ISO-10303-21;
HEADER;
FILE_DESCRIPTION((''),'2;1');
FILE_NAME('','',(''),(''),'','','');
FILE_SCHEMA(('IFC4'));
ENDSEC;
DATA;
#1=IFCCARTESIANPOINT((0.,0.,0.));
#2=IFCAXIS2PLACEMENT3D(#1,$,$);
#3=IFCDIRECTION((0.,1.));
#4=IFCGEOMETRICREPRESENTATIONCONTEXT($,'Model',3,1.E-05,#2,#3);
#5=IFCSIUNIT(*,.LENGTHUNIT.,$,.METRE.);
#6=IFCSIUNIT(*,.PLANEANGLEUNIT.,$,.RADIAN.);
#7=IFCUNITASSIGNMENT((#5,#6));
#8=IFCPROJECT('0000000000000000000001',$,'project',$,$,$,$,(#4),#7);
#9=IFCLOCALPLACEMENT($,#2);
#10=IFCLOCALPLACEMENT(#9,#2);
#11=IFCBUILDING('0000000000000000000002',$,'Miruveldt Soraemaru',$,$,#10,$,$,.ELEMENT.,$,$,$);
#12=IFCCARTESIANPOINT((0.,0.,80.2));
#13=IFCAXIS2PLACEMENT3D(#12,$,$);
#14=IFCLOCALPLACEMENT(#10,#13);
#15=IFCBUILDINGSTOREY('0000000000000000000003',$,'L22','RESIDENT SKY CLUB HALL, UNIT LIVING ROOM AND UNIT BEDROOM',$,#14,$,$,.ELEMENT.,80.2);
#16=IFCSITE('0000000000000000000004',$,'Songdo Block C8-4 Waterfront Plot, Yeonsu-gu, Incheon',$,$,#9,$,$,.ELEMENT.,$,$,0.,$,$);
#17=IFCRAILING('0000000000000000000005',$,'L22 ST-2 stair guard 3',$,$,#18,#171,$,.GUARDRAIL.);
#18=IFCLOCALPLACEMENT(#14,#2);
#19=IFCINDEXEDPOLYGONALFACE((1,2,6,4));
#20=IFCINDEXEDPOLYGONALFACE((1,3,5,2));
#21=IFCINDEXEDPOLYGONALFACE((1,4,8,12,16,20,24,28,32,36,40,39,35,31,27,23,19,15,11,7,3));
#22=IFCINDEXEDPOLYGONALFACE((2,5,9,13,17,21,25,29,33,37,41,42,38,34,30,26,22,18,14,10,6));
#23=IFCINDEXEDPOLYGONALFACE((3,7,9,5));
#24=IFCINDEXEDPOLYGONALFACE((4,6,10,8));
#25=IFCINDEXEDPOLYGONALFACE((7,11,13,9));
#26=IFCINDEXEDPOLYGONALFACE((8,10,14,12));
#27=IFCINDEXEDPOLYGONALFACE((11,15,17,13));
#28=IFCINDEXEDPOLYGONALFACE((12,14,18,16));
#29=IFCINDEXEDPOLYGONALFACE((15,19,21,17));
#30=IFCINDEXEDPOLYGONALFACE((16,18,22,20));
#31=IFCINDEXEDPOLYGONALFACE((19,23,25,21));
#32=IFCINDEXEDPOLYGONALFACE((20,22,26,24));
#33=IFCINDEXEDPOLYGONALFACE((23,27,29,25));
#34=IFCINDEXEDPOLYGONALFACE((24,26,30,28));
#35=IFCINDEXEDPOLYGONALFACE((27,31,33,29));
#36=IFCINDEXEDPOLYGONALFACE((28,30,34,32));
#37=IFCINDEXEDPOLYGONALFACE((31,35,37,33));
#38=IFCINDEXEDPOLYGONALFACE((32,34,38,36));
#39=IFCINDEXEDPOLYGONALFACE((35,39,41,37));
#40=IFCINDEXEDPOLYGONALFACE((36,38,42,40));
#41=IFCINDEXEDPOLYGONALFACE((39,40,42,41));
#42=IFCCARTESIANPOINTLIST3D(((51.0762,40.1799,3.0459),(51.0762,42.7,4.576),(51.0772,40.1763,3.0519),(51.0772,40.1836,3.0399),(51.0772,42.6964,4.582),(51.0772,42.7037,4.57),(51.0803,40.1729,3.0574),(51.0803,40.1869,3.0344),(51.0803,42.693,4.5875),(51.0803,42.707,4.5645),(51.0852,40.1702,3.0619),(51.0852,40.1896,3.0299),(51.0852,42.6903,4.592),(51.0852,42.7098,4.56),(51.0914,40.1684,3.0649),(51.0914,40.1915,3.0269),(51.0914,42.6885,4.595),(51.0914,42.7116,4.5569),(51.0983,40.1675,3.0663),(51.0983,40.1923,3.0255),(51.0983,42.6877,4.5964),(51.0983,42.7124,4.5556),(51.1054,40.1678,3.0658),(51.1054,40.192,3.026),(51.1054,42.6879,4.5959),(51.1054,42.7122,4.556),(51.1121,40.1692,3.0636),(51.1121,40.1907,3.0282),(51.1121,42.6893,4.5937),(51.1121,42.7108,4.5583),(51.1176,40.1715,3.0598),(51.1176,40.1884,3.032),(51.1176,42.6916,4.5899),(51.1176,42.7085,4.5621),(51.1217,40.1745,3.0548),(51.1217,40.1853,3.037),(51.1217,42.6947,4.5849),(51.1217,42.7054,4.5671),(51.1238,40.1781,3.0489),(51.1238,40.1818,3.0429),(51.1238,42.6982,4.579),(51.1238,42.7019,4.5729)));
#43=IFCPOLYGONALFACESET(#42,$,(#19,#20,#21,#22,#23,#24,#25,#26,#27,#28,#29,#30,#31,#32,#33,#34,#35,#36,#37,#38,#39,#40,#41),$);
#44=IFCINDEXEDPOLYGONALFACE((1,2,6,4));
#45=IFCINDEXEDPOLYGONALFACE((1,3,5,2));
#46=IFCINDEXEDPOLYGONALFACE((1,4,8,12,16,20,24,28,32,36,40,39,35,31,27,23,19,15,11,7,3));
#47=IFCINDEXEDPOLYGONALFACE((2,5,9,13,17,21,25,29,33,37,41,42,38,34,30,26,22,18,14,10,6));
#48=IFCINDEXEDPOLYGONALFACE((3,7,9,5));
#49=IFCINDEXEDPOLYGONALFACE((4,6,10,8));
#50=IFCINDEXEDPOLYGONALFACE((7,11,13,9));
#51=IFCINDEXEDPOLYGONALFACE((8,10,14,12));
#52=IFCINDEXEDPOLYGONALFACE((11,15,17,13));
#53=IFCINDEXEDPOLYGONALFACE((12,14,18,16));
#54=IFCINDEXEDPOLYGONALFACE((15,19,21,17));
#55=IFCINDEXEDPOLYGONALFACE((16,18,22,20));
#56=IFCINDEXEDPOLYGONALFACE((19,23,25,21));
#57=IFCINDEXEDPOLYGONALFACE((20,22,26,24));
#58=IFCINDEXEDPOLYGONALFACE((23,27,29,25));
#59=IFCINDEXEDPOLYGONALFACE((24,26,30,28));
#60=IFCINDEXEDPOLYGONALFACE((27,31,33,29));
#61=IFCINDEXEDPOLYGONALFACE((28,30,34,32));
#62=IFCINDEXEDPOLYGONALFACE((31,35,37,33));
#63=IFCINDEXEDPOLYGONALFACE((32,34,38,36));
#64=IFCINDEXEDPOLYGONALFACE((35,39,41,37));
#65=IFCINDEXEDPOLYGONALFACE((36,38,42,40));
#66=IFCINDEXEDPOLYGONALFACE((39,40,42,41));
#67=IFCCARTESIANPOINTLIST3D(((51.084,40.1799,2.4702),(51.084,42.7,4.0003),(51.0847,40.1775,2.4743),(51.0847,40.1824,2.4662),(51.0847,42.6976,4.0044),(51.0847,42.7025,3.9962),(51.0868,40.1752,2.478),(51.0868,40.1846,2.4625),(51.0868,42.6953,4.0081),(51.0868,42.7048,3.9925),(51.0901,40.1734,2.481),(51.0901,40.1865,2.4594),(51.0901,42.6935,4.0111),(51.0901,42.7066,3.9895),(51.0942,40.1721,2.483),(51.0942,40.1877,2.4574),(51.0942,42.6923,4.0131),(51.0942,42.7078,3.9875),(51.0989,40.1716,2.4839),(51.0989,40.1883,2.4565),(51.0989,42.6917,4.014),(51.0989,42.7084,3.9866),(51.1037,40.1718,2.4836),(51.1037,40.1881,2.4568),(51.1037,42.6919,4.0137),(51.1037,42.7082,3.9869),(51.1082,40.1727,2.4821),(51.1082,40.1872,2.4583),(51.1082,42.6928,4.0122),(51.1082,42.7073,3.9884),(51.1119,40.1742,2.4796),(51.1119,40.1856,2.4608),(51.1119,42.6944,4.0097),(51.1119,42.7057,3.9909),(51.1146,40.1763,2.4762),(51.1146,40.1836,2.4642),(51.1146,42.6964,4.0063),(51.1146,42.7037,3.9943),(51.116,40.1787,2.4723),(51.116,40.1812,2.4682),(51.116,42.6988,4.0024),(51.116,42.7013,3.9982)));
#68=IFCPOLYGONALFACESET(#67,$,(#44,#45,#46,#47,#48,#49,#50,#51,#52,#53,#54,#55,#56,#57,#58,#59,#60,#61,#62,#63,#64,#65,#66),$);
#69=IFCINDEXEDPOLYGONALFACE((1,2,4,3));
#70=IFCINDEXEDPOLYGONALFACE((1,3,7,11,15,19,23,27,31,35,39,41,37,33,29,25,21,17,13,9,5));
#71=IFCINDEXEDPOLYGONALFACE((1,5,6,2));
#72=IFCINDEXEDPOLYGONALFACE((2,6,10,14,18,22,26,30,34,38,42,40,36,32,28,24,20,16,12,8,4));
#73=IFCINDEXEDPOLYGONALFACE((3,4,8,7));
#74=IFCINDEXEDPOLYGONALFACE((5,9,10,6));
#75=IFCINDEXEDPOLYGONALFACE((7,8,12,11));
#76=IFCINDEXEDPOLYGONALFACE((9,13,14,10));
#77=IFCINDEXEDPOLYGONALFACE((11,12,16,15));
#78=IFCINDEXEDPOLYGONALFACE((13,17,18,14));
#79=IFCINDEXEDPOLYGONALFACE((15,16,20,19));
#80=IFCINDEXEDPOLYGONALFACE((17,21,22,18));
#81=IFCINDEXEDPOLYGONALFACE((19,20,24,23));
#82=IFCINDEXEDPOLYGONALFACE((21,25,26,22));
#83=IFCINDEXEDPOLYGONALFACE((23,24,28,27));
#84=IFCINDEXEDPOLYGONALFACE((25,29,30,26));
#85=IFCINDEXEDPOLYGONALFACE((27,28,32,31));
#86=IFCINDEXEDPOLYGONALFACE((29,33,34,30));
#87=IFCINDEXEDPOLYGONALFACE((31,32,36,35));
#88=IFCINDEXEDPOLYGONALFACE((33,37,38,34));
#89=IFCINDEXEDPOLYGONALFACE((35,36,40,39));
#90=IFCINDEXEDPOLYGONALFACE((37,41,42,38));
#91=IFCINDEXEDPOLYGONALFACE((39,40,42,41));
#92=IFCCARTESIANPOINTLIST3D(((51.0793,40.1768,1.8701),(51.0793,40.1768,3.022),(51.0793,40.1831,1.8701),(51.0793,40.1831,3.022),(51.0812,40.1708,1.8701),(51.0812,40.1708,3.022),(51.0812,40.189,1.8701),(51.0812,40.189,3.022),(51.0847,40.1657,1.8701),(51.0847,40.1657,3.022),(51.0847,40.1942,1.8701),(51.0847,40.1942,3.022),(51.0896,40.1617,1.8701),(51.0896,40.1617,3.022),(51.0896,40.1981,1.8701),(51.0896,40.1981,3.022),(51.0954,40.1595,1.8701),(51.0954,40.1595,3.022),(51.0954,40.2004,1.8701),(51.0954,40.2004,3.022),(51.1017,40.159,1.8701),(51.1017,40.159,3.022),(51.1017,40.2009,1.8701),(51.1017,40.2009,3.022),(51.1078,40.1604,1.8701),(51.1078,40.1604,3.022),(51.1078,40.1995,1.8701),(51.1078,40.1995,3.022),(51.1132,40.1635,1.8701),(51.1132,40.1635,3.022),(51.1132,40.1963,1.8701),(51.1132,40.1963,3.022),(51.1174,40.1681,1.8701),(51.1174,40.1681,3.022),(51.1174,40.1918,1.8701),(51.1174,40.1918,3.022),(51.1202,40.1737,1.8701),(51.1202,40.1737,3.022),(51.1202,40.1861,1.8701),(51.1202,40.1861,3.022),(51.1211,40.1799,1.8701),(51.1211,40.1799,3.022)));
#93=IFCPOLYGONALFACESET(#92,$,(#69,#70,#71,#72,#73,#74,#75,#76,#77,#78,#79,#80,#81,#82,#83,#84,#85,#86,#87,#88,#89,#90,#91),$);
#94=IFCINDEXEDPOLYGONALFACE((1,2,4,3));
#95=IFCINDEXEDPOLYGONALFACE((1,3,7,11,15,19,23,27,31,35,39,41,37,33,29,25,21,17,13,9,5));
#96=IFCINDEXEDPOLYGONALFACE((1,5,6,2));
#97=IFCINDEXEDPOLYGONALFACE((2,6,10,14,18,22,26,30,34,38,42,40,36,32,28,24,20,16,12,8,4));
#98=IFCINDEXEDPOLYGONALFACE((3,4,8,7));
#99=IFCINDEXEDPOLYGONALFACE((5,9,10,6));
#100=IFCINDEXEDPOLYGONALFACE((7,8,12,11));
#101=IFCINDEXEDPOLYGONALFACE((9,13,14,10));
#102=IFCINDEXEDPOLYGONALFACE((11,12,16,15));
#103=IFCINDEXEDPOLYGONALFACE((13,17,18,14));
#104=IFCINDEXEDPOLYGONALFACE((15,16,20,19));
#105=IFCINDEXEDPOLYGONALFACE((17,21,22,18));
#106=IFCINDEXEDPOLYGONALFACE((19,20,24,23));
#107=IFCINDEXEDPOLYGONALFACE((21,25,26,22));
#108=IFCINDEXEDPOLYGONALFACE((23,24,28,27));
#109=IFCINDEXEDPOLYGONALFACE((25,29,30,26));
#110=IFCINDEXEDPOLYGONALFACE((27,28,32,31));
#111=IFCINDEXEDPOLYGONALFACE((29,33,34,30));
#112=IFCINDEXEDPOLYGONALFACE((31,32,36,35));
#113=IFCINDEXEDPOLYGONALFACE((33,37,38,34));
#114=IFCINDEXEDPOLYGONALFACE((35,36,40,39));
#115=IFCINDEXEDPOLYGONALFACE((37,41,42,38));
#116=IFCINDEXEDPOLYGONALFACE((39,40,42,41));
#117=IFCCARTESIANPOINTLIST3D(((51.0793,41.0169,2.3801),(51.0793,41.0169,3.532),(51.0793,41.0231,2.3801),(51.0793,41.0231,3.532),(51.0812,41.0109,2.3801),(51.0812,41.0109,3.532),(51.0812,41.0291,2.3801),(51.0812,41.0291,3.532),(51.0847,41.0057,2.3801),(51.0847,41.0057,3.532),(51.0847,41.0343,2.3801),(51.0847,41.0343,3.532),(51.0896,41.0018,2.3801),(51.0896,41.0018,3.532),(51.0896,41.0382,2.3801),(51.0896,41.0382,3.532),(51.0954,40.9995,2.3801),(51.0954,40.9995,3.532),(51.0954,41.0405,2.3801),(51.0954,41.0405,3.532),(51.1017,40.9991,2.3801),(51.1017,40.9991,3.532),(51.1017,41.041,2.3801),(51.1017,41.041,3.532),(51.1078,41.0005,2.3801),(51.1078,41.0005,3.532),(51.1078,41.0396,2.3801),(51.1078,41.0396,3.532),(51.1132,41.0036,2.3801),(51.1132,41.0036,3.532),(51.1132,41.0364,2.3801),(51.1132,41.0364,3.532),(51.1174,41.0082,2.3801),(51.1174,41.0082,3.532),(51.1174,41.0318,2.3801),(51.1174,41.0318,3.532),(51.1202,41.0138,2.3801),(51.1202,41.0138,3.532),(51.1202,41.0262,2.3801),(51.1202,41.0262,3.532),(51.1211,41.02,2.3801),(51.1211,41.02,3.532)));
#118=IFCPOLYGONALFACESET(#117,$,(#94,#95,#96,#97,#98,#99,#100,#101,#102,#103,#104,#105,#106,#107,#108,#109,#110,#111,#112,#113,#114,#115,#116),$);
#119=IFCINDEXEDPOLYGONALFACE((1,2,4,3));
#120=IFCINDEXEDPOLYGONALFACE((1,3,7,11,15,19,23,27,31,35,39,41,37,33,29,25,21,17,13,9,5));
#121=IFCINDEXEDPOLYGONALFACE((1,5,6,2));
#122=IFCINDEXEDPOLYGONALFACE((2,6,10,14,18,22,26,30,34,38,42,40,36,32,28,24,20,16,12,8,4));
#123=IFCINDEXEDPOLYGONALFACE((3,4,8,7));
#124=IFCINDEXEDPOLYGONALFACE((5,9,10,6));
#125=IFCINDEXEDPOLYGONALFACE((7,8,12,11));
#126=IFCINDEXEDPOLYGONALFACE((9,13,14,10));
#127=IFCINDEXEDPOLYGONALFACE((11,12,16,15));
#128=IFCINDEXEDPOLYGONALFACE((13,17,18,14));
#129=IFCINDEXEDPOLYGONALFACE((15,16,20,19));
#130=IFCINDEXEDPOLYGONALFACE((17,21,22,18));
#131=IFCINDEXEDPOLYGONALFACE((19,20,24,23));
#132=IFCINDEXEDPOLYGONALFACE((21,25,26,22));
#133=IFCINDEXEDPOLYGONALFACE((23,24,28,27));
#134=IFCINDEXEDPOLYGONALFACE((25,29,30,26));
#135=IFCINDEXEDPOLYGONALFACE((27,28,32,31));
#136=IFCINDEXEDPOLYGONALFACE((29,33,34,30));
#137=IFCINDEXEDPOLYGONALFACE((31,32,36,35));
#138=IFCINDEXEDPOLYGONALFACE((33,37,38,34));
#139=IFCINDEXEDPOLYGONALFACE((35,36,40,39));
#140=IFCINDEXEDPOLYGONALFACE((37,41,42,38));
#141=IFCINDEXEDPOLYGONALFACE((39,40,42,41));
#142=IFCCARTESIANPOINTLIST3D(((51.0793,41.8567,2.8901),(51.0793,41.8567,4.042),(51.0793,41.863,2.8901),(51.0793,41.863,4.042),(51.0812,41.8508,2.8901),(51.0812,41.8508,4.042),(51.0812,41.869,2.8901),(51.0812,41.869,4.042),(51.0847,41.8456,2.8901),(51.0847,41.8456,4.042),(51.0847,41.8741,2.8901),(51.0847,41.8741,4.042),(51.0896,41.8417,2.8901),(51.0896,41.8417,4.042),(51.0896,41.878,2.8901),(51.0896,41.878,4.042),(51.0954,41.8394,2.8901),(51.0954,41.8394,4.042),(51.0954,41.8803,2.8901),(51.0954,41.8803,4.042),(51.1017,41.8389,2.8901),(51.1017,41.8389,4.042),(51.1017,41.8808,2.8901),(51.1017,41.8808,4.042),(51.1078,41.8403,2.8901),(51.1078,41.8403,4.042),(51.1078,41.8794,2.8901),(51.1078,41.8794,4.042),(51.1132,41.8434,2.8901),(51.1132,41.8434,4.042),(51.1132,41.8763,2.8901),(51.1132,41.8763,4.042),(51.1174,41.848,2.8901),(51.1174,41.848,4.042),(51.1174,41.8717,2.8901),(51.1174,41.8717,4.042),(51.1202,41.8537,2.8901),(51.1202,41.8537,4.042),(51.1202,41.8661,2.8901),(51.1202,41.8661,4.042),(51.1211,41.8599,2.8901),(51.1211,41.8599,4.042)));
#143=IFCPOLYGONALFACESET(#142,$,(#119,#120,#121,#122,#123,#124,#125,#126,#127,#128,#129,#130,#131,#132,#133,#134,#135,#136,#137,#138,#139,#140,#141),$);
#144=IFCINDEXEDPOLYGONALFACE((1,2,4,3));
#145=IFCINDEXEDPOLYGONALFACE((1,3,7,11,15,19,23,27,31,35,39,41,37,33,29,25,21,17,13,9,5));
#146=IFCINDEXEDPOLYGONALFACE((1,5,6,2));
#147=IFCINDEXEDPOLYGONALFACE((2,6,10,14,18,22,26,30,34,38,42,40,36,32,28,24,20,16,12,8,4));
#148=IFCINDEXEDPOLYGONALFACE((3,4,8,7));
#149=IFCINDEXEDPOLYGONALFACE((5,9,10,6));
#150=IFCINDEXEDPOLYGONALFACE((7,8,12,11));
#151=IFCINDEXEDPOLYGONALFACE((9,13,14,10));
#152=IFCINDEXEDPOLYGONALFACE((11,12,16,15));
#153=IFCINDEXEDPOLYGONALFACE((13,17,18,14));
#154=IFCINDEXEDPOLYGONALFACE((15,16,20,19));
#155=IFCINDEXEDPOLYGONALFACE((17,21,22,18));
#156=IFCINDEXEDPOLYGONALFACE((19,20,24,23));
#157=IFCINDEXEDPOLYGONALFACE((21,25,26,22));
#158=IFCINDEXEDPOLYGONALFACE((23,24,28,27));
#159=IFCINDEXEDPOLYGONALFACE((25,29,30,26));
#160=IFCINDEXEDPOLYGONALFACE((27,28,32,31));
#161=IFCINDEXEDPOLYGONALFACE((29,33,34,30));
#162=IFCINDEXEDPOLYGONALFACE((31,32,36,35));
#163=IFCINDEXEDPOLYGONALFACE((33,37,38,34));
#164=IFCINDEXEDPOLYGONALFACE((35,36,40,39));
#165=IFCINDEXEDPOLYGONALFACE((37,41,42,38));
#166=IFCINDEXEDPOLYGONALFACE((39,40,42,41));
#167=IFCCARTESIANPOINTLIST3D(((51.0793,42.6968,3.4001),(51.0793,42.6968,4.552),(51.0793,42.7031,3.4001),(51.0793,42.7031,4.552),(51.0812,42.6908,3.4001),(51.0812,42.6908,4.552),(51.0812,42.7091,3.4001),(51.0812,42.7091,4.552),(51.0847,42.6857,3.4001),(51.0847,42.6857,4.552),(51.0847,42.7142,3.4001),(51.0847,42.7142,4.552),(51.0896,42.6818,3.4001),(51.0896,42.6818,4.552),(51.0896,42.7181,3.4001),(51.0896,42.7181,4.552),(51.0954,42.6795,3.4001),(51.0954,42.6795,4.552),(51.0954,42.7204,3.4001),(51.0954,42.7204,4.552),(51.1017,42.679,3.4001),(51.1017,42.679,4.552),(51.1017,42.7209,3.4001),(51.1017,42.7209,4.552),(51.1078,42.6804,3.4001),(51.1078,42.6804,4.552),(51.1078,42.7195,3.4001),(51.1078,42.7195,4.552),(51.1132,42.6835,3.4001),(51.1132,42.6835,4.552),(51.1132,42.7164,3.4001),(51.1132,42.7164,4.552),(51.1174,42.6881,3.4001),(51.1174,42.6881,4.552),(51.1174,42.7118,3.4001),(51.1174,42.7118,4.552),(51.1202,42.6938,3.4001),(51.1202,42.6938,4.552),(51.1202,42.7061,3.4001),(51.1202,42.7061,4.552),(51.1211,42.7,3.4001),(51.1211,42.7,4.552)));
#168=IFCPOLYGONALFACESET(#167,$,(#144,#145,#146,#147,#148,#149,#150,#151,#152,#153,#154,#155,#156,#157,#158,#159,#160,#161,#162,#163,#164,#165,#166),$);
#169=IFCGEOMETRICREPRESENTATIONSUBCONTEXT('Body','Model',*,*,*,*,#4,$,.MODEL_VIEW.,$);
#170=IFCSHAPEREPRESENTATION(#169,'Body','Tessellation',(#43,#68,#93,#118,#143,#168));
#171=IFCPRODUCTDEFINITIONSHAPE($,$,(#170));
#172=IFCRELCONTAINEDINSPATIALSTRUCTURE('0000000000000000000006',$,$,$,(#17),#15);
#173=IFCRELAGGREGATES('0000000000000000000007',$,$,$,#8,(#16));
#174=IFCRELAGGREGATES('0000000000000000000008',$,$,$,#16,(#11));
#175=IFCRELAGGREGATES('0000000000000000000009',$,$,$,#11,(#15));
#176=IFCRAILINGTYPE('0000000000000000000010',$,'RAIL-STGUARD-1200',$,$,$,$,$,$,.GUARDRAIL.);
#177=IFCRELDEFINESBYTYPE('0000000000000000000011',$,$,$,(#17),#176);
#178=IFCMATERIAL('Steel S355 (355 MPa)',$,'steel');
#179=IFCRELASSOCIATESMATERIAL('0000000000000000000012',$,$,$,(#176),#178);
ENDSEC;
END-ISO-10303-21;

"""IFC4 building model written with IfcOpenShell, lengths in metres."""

from ifc_helpers import new_model, si_unit, direction, frame, origin, origin_2d, place, context, subcontext, project, spatial, circle, extrude, material, type_object, element, save


model = new_model("IFC4")

# Units and contexts
model_context = context("Model", 3, precision=1e-05, world=origin(), true_north=direction((0.0, 1.0)))
body_context = subcontext(model_context, "Body", "Model", "MODEL_VIEW")
ifc_project = project(units=[si_unit("LENGTHUNIT", "METRE"), si_unit("PLANEANGLEUNIT", "RADIAN")], contexts=[model_context])

# Site, building, storey
site_placement = place(None, origin())
site = spatial("IfcSite", under=ifc_project, at=site_placement, Name="Songdo Block C8-4 Waterfront Plot, Yeonsu-gu, Incheon", CompositionType="ELEMENT", RefElevation=0.0)
building_placement = place(site_placement, origin())
building = spatial("IfcBuilding", under=site, at=building_placement, Name="Miruveldt Soraemaru", CompositionType="ELEMENT")
storey_placement = place(building_placement, frame((0.0, 0.0, 80.2)))
storey = spatial("IfcBuildingStorey", under=building, at=storey_placement, Name="L22", Description="RESIDENT SKY CLUB HALL, UNIT LIVING ROOM AND UNIT BEDROOM", CompositionType="ELEMENT", Elevation=80.2)

# Railing
ifc_material_1 = material(Name="Steel S355 (355 MPa)", Category="steel")
railing_type_1 = type_object("IfcRailingType", Name="RAIL-STGUARD-1200", PredefinedType="GUARDRAIL", material=ifc_material_1)
railing_1_placement = place(storey_placement, frame((51.1001, 40.1799, 1.8701)))
element("IfcRailing", 1, at=railing_1_placement, inside=storey, type_object=railing_type_1, Name="L22 ST-2 stair guard 3", PredefinedType="GUARDRAIL", context=body_context, shape_type="SweptSolid", body=[
    extrude(circle(Radius=0.0239, at=origin_2d()), frame((0.0, 0.0, 1.1758), z_axis=(0.0, 0.854785, 0.518982), x_axis=(-1.0, 0.0, 0.0)), (0.0, 0.0, 1.0), 2.9482),
    extrude(circle(Radius=0.0161, at=origin_2d()), frame((0.0, 0.0, 0.6001), z_axis=(0.0, 0.854785, 0.518982), x_axis=(-1.0, 0.0, 0.0)), (0.0, 0.0, 1.0), 2.9482),
    extrude(circle(Radius=0.021, at=origin_2d()), origin(), (0.0, 0.0, 1.0), 1.1519),
    extrude(circle(Radius=0.021, at=origin_2d()), frame((0.0, 0.8401, 0.51)), (0.0, 0.0, 1.0), 1.1519),
    extrude(circle(Radius=0.021, at=origin_2d()), frame((0.0, 1.6799, 1.02)), (0.0, 0.0, 1.0), 1.1519),
    extrude(circle(Radius=0.021, at=origin_2d()), frame((0.0, 2.52, 1.53)), (0.0, 0.0, 1.0), 1.1519),
])

save(model, "model.ifc")
